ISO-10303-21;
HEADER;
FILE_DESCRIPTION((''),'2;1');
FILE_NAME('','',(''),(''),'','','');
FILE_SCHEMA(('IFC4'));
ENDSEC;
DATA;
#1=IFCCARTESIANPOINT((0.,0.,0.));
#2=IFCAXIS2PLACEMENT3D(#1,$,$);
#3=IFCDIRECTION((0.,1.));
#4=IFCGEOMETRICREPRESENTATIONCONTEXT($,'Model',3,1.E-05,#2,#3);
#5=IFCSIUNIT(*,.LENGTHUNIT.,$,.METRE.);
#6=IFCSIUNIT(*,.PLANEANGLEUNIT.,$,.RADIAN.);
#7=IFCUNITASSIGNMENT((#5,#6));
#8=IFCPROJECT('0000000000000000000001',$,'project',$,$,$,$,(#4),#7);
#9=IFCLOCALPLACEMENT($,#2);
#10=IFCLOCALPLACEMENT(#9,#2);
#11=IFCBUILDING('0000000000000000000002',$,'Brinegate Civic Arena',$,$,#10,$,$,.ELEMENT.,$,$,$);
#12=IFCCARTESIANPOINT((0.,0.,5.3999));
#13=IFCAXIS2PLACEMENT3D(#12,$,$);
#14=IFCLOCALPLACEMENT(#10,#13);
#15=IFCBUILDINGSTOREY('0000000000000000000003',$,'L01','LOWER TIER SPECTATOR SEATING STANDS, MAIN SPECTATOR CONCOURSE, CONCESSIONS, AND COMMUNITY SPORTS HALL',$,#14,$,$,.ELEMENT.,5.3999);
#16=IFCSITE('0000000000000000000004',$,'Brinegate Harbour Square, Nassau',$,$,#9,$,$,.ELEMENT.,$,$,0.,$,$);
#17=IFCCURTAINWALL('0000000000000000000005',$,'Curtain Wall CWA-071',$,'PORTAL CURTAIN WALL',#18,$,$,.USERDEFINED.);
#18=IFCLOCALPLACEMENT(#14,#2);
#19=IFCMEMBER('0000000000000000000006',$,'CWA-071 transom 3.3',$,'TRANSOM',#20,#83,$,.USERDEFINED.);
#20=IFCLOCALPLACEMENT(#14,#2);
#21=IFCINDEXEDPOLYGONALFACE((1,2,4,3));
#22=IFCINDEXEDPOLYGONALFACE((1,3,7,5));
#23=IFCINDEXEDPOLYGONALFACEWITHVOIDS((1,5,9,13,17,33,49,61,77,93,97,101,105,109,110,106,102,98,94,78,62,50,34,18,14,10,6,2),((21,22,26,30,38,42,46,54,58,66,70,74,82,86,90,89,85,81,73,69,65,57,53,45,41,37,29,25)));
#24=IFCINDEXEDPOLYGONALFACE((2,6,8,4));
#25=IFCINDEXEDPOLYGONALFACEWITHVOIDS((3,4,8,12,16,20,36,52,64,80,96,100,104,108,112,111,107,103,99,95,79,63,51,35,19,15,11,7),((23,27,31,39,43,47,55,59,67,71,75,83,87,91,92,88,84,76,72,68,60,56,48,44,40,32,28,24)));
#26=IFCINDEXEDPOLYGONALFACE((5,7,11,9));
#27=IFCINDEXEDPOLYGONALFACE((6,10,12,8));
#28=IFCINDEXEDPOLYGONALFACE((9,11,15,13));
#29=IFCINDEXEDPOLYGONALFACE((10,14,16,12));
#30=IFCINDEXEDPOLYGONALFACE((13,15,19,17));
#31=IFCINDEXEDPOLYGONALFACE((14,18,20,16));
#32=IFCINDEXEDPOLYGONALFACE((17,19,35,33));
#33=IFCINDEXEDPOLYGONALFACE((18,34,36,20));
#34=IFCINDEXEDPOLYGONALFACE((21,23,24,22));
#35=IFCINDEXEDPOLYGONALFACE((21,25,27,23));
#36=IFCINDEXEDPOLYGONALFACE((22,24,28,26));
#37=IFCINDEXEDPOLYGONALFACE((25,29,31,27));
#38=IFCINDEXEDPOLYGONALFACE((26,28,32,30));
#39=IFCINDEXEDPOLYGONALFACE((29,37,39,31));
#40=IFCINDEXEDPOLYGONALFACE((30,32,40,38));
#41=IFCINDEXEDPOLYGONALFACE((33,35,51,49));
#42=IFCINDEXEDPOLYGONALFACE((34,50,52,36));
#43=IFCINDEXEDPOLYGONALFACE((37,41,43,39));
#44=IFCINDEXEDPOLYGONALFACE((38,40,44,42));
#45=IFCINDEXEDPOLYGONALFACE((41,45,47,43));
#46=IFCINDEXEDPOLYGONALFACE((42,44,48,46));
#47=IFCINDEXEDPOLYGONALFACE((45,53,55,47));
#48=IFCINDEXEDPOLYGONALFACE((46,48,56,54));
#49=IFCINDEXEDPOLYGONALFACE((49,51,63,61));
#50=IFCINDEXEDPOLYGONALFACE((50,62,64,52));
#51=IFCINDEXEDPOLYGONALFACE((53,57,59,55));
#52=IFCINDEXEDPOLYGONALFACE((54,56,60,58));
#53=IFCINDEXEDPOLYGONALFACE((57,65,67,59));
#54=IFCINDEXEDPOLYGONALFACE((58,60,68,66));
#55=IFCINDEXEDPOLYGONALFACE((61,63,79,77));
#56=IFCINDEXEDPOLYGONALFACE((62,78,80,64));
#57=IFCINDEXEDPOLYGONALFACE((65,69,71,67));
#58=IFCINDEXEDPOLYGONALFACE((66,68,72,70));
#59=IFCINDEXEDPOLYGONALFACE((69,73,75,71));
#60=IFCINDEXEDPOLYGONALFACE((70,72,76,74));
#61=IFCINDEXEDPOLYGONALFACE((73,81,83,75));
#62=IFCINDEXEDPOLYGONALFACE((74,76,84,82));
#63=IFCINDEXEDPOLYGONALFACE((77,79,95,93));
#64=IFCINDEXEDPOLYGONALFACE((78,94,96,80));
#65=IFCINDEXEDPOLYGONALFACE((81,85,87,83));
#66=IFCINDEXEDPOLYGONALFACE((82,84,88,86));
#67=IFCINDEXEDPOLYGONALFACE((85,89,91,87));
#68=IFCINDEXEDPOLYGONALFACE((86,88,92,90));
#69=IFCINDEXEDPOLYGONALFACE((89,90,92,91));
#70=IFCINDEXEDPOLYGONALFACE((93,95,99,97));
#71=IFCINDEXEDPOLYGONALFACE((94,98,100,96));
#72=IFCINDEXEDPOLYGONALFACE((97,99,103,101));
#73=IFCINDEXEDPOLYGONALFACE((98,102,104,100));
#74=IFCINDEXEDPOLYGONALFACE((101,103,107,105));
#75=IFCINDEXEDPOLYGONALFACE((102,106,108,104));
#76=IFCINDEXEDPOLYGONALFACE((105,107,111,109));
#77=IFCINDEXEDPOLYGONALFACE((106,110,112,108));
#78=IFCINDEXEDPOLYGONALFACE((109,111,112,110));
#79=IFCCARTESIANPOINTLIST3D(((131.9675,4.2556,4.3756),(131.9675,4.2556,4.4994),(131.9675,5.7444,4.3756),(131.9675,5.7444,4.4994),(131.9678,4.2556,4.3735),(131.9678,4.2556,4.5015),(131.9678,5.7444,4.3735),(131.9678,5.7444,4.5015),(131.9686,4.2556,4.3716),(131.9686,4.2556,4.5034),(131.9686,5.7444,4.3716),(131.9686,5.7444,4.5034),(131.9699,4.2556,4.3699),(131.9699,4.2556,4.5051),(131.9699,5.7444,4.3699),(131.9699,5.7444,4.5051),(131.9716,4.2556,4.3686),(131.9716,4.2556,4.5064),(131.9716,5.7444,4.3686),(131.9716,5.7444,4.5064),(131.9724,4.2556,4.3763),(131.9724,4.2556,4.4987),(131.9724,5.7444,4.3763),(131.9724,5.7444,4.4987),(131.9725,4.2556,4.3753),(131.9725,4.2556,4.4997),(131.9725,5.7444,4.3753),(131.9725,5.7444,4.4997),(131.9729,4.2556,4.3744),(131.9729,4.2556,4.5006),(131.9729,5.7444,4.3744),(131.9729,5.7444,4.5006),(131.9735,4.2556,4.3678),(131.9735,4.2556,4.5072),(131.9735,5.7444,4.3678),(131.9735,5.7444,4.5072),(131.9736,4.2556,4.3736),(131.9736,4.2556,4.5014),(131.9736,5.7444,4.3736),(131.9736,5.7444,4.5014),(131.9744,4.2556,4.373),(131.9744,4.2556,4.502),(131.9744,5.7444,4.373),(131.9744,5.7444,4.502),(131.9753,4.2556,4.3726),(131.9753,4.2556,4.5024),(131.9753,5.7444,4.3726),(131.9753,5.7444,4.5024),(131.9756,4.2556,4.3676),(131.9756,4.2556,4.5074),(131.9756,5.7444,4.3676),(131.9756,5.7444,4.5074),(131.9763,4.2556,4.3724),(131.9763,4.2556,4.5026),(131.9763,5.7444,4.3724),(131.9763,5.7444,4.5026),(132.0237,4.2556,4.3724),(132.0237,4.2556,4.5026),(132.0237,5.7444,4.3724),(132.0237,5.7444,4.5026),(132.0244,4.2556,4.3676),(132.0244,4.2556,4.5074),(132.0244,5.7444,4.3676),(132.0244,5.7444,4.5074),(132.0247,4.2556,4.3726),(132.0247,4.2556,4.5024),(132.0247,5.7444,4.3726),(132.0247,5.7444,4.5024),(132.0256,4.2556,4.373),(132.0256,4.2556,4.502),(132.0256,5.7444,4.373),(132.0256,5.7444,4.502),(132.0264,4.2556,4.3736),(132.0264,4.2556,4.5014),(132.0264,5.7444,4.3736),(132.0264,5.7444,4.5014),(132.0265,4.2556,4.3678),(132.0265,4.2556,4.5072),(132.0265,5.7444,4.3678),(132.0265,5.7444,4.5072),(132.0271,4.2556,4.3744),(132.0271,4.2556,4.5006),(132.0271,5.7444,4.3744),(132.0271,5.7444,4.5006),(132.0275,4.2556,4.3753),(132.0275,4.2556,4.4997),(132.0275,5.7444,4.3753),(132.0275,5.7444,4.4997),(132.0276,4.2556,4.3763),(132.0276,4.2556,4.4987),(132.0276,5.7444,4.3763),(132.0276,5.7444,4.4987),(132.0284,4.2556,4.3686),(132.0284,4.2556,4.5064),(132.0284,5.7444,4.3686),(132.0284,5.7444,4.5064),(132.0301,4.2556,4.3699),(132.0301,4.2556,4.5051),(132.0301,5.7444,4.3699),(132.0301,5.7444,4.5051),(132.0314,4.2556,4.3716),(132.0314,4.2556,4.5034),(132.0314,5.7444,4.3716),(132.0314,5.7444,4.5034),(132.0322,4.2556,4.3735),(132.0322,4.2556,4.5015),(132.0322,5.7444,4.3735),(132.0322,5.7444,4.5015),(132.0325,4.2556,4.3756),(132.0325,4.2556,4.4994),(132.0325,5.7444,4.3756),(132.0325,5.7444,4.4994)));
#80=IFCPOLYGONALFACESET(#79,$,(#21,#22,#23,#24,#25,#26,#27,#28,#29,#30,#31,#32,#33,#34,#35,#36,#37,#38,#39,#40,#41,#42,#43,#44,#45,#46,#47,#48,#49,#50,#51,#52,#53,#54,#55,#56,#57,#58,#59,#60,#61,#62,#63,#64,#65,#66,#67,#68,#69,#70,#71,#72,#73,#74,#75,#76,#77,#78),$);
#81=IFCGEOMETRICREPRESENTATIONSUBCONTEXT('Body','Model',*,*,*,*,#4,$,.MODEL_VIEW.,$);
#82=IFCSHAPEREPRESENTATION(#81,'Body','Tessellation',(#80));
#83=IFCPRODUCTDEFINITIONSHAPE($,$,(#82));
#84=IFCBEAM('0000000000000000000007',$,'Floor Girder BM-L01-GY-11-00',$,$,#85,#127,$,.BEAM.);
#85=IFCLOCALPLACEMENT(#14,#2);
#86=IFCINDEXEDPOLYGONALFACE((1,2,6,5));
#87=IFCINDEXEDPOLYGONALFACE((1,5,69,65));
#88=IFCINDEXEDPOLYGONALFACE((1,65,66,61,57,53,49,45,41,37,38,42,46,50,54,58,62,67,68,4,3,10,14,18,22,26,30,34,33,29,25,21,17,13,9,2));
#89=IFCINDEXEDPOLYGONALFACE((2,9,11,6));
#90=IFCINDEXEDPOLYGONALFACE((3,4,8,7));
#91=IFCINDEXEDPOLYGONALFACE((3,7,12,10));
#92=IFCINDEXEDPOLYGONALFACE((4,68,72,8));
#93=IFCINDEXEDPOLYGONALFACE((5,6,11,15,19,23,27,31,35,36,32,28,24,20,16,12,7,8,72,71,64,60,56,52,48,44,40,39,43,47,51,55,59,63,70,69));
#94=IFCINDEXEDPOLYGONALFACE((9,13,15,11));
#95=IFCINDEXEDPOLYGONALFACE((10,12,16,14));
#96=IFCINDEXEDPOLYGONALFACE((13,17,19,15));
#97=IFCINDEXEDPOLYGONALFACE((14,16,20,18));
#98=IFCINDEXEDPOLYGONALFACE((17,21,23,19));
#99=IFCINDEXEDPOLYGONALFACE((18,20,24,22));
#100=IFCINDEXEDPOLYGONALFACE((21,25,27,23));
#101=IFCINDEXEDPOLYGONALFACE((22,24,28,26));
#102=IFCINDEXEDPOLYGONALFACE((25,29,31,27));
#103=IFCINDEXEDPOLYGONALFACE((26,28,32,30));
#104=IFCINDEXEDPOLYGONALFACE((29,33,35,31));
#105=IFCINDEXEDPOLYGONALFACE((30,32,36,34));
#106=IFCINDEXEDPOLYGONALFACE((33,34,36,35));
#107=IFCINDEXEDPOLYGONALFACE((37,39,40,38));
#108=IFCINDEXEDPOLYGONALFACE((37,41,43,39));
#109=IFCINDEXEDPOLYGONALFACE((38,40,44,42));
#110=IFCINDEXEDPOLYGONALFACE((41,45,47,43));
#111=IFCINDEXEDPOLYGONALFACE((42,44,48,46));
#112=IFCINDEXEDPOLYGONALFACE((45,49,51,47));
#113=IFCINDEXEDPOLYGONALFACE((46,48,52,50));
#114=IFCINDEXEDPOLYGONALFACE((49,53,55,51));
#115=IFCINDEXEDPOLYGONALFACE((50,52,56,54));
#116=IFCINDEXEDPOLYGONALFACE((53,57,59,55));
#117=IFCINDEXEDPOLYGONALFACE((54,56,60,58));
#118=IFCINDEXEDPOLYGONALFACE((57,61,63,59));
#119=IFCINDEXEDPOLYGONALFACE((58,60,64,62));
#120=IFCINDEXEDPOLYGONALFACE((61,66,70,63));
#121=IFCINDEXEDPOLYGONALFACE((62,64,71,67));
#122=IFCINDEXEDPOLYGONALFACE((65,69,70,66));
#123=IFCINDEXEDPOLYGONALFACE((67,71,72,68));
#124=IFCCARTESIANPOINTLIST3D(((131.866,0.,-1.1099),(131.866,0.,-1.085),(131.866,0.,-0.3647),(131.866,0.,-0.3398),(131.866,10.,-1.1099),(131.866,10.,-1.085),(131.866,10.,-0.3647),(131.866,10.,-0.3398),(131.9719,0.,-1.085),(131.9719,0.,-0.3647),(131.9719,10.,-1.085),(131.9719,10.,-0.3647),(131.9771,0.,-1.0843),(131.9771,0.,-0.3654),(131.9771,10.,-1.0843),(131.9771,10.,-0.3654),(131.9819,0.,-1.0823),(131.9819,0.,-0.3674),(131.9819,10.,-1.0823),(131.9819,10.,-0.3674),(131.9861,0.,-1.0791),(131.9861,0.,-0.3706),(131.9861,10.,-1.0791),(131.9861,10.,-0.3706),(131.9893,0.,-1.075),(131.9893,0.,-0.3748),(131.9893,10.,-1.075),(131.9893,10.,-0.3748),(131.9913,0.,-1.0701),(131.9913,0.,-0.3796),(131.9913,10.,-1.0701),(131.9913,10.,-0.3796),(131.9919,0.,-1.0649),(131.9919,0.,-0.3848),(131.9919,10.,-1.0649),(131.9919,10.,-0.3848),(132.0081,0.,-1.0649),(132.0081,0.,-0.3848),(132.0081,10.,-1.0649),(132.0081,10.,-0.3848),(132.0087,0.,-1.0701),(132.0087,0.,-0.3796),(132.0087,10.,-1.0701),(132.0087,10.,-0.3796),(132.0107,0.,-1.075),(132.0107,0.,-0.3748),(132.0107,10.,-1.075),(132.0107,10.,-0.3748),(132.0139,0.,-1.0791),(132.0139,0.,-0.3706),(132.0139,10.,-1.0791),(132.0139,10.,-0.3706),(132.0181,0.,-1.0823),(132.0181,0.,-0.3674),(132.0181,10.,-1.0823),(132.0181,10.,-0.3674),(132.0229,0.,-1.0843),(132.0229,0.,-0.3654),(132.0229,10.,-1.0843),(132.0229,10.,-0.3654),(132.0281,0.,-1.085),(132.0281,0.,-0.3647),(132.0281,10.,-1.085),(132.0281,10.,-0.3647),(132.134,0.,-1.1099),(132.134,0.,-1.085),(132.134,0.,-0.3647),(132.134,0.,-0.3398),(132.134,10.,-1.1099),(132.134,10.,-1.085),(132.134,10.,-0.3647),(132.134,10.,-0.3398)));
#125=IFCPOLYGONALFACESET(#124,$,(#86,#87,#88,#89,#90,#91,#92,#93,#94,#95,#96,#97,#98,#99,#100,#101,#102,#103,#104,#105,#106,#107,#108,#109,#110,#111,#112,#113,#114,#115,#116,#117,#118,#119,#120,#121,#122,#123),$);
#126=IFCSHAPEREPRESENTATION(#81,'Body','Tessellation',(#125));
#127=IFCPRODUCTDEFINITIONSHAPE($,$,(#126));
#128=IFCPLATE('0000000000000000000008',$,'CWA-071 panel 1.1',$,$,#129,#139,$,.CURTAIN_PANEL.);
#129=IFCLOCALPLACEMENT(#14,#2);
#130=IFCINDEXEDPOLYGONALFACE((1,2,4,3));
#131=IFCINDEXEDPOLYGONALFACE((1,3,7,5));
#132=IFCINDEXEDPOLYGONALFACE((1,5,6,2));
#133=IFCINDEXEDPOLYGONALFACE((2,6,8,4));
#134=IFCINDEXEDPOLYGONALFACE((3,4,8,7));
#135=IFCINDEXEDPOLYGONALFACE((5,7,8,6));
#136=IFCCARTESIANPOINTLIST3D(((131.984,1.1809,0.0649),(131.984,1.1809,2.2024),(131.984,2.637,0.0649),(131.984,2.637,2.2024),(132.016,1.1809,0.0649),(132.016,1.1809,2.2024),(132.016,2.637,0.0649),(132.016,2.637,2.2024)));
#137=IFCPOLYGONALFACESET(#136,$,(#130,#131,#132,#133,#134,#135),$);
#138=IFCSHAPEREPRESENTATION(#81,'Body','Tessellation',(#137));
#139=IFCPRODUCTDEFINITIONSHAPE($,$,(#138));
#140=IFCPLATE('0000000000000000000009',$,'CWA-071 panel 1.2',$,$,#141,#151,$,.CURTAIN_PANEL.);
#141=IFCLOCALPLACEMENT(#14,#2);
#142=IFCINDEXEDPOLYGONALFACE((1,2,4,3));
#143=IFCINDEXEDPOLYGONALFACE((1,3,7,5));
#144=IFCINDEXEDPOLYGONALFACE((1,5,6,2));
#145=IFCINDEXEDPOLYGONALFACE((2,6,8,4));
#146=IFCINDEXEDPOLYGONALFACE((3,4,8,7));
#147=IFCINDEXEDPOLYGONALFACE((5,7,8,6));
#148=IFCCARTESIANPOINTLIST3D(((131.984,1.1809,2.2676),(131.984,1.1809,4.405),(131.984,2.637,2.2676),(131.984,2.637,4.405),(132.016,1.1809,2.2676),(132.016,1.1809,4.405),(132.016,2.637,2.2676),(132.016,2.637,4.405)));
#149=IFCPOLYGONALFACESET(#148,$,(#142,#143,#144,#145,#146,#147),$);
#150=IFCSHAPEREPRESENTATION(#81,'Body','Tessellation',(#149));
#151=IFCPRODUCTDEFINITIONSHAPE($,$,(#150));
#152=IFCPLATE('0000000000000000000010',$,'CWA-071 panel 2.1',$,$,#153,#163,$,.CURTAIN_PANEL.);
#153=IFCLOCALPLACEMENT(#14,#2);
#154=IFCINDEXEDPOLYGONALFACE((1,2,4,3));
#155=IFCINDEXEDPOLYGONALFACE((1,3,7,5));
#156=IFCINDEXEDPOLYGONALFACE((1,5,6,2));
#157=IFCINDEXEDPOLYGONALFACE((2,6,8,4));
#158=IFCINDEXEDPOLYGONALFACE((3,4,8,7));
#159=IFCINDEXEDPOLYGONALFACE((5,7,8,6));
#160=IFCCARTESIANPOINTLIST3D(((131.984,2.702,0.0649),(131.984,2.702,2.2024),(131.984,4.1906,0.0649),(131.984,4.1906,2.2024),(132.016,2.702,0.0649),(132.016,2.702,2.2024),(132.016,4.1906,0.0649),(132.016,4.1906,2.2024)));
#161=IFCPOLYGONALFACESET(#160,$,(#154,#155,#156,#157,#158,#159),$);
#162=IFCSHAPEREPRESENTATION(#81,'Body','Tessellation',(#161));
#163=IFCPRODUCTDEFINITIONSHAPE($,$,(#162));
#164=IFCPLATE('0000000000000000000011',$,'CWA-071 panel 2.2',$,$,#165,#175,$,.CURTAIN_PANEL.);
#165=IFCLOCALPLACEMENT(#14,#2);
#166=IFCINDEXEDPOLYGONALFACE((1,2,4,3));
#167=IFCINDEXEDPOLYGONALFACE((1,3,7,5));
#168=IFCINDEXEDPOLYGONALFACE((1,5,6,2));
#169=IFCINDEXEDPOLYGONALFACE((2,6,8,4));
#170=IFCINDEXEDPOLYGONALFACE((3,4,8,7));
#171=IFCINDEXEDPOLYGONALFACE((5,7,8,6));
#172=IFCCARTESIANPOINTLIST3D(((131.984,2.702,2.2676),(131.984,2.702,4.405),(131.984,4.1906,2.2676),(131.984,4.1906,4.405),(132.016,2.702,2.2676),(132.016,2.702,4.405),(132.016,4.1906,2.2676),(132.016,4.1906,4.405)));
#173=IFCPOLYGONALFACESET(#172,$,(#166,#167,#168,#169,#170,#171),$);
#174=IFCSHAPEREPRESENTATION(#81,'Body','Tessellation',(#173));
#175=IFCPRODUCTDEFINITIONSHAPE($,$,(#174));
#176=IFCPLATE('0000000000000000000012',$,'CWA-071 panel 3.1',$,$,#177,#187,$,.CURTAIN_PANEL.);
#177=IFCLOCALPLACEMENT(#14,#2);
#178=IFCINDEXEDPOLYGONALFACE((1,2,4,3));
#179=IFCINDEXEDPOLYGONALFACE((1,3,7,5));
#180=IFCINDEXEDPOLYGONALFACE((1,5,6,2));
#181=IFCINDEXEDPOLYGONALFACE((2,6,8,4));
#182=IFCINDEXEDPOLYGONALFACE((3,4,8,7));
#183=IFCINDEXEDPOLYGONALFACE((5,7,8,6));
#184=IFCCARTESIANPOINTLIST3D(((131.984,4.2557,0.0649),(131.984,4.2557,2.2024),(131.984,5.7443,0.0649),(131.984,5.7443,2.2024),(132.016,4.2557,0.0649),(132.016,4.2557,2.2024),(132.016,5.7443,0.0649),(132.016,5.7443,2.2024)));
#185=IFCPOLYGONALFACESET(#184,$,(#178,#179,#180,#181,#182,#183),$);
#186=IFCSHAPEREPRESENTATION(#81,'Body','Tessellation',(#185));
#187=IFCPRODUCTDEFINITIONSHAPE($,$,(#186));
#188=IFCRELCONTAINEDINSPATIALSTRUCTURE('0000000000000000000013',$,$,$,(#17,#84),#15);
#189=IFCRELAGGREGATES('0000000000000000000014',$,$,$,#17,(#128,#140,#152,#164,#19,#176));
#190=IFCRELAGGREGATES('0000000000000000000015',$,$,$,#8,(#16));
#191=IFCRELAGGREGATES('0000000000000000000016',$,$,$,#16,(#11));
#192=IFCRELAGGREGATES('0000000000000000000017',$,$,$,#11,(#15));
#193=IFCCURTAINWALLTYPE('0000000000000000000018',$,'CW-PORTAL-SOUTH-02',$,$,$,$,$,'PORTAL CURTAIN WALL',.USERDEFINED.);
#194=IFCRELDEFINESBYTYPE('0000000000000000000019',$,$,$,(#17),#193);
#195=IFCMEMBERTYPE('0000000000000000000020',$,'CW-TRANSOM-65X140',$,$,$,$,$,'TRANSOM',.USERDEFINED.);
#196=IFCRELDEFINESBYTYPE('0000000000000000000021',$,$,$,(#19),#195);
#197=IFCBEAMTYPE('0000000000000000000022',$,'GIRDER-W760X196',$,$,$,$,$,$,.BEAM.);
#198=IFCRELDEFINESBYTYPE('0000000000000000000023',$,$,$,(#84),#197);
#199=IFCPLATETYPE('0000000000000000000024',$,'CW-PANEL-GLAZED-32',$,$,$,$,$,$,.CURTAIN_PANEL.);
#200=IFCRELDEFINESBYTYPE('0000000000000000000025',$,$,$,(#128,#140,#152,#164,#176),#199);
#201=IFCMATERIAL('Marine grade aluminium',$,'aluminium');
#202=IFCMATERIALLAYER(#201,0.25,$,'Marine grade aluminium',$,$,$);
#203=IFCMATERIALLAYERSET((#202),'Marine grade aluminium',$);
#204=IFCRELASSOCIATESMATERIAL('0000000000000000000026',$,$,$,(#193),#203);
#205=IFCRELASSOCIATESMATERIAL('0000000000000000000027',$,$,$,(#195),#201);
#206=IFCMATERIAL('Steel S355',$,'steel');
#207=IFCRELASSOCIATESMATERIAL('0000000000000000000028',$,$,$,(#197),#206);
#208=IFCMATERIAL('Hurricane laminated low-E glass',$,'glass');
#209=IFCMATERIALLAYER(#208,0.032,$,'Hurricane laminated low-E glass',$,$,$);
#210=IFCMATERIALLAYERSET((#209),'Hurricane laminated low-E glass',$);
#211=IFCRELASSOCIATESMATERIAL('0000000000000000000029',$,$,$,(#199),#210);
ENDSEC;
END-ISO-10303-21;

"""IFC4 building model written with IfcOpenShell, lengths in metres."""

from ifc_helpers import new_model, si_unit, direction, frame, origin, origin_2d, place, context, subcontext, project, spatial, rectangle, hollow_rectangle, i_section, extrude, material, layer, layer_set, material_profile, profile_set, type_object, element, aggregate, save


model = new_model("IFC4")

# Units and contexts
model_context = context("Model", 3, precision=1e-05, world=origin(), true_north=direction((0.0, 1.0)))
body_context = subcontext(model_context, "Body", "Model", "MODEL_VIEW")
ifc_project = project(units=[si_unit("LENGTHUNIT", "METRE"), si_unit("PLANEANGLEUNIT", "RADIAN")], contexts=[model_context])

# Site, building, storey
site_placement = place(None, origin())
site = spatial("IfcSite", under=ifc_project, at=site_placement, Name="Brinegate Harbour Square, Nassau", CompositionType="ELEMENT", RefElevation=0.0)
building_placement = place(site_placement, origin())
building = spatial("IfcBuilding", under=site, at=building_placement, Name="Brinegate Civic Arena", CompositionType="ELEMENT")
storey_placement = place(building_placement, frame((0.0, 0.0, 5.3999)))
storey = spatial("IfcBuildingStorey", under=building, at=storey_placement, Name="L01", Description="LOWER TIER SPECTATOR SEATING STANDS, MAIN SPECTATOR CONCOURSE, CONCESSIONS, AND COMMUNITY SPORTS HALL", CompositionType="ELEMENT", Elevation=5.3999)

# Curtain wall, member
ifc_material_1 = material(Name="Marine grade aluminium", Category="aluminium")
ifc_layer_1 = layer(ifc_material_1, 0.25, Name="Marine grade aluminium")
ifc_layer_set_1 = layer_set([ifc_layer_1], Name="Marine grade aluminium")
curtain_wall_type = type_object("IfcCurtainWallType", Name="CW-PORTAL-SOUTH-02", ElementType="PORTAL CURTAIN WALL", PredefinedType="USERDEFINED", material=ifc_layer_set_1)
curtain_wall_placement = place(storey_placement, origin())
curtain_wall = element("IfcCurtainWall", 1, at=curtain_wall_placement, inside=storey, type_object=curtain_wall_type, Name="Curtain Wall CWA-071", ObjectType="PORTAL CURTAIN WALL", PredefinedType="USERDEFINED")
ifc_material_profile_1 = material_profile(ifc_material_1, hollow_rectangle(XDim=0.0649, YDim=0.1399, WallThickness=0.0049, InnerFilletRadius=0.0039, OuterFilletRadius=0.0081, at=origin_2d()), Name="TRN65X140")
ifc_profile_set_1 = profile_set([ifc_material_profile_1], Name="Marine grade aluminium")
member_type_1 = type_object("IfcMemberType", Name="CW-TRANSOM-65X140", ElementType="TRANSOM", PredefinedType="USERDEFINED", material=ifc_profile_set_1)
member_1_placement = place(storey_placement, frame((132.0, 4.2556, 4.4375), z_axis=(0.0, 1.0, 0.0), x_axis=(-1.0, 0.0, 0.0)))
member_1 = element("IfcMember", 2, at=member_1_placement, type_object=member_type_1, Name="CWA-071 transom 3.3", ObjectType="TRANSOM", PredefinedType="USERDEFINED", context=body_context, shape_type="SweptSolid", body=[
    extrude(hollow_rectangle(XDim=0.0649, YDim=0.1399, WallThickness=0.0049, InnerFilletRadius=0.0039, OuterFilletRadius=0.0081, at=origin_2d()), origin(), (0.0, 0.0, 1.0), 1.4888),
])

# Beam
ifc_material_2 = material(Name="Steel S355", Category="steel")
ifc_material_profile_2 = material_profile(ifc_material_2, i_section(OverallWidth=0.2681, OverallDepth=0.77, WebThickness=0.0161, FlangeThickness=0.0249, FilletRadius=0.02, at=origin_2d()), Name="W760X196")
ifc_profile_set_2 = profile_set([ifc_material_profile_2], Name="Steel S355")
beam_type = type_object("IfcBeamType", Name="GIRDER-W760X196", PredefinedType="BEAM", material=ifc_profile_set_2)
beam_placement = place(storey_placement, frame((132.0, 0.0, -0.7249), z_axis=(0.0, 1.0, 0.0), x_axis=(-1.0, 0.0, 0.0)))
element("IfcBeam", 3, at=beam_placement, inside=storey, type_object=beam_type, Name="Floor Girder BM-L01-GY-11-00", PredefinedType="BEAM", context=body_context, shape_type="SweptSolid", body=[
    extrude(i_section(OverallWidth=0.2681, OverallDepth=0.77, WebThickness=0.0161, FlangeThickness=0.0249, FilletRadius=0.02, at=origin_2d()), origin(), (0.0, 0.0, 1.0), 10.0),
])

# Plates
ifc_material_3 = material(Name="Hurricane laminated low-E glass", Category="glass")
ifc_layer_2 = layer(ifc_material_3, 0.032, Name="Hurricane laminated low-E glass")
ifc_layer_set_2 = layer_set([ifc_layer_2], Name="Hurricane laminated low-E glass")
plate_type = type_object("IfcPlateType", Name="CW-PANEL-GLAZED-32", PredefinedType="CURTAIN_PANEL", material=ifc_layer_set_2)
plate_1_placement = place(storey_placement, frame((132.0, 1.9089, 0.0649), z_axis=(0.0, 0.0, 1.0), x_axis=(0.0, 1.0, 0.0)))
plate_1 = element("IfcPlate", 4, at=plate_1_placement, type_object=plate_type, Name="CWA-071 panel 1.1", PredefinedType="CURTAIN_PANEL", context=body_context, shape_type="SweptSolid", body=[
    extrude(rectangle(XDim=1.4561, YDim=0.032, at=origin_2d()), origin(), (0.0, 0.0, 1.0), 2.1375),
])
plate_2_placement = place(storey_placement, frame((132.0, 1.9089, 2.2676), z_axis=(0.0, 0.0, 1.0), x_axis=(0.0, 1.0, 0.0)))
plate_2 = element("IfcPlate", 5, at=plate_2_placement, type_object=plate_type, Name="CWA-071 panel 1.2", PredefinedType="CURTAIN_PANEL", context=body_context, shape_type="SweptSolid", body=[
    extrude(rectangle(XDim=1.4561, YDim=0.032, at=origin_2d()), origin(), (0.0, 0.0, 1.0), 2.1375),
])
plate_3_placement = place(storey_placement, frame((132.0, 3.4463, 0.0649), z_axis=(0.0, 0.0, 1.0), x_axis=(0.0, 1.0, 0.0)))
plate_3 = element("IfcPlate", 6, at=plate_3_placement, type_object=plate_type, Name="CWA-071 panel 2.1", PredefinedType="CURTAIN_PANEL", context=body_context, shape_type="SweptSolid", body=[
    extrude(rectangle(XDim=1.4885, YDim=0.032, at=origin_2d()), origin(), (0.0, 0.0, 1.0), 2.1375),
])
plate_4_placement = place(storey_placement, frame((132.0, 3.4463, 2.2676), z_axis=(0.0, 0.0, 1.0), x_axis=(0.0, 1.0, 0.0)))
plate_4 = element("IfcPlate", 7, at=plate_4_placement, type_object=plate_type, Name="CWA-071 panel 2.2", PredefinedType="CURTAIN_PANEL", context=body_context, shape_type="SweptSolid", body=[
    extrude(rectangle(XDim=1.4885, YDim=0.032, at=origin_2d()), origin(), (0.0, 0.0, 1.0), 2.1375),
])
plate_5_placement = place(storey_placement, frame((132.0, 5.0, 0.0649), z_axis=(0.0, 0.0, 1.0), x_axis=(0.0, 1.0, 0.0)))
plate_5 = element("IfcPlate", 8, at=plate_5_placement, type_object=plate_type, Name="CWA-071 panel 3.1", PredefinedType="CURTAIN_PANEL", context=body_context, shape_type="SweptSolid", body=[
    extrude(rectangle(XDim=1.4885, YDim=0.032, at=origin_2d()), origin(), (0.0, 0.0, 1.0), 2.1375),
])
aggregate(curtain_wall, [plate_1, plate_2, plate_3, plate_4, member_1, plate_5])

save(model, "model.ifc")
